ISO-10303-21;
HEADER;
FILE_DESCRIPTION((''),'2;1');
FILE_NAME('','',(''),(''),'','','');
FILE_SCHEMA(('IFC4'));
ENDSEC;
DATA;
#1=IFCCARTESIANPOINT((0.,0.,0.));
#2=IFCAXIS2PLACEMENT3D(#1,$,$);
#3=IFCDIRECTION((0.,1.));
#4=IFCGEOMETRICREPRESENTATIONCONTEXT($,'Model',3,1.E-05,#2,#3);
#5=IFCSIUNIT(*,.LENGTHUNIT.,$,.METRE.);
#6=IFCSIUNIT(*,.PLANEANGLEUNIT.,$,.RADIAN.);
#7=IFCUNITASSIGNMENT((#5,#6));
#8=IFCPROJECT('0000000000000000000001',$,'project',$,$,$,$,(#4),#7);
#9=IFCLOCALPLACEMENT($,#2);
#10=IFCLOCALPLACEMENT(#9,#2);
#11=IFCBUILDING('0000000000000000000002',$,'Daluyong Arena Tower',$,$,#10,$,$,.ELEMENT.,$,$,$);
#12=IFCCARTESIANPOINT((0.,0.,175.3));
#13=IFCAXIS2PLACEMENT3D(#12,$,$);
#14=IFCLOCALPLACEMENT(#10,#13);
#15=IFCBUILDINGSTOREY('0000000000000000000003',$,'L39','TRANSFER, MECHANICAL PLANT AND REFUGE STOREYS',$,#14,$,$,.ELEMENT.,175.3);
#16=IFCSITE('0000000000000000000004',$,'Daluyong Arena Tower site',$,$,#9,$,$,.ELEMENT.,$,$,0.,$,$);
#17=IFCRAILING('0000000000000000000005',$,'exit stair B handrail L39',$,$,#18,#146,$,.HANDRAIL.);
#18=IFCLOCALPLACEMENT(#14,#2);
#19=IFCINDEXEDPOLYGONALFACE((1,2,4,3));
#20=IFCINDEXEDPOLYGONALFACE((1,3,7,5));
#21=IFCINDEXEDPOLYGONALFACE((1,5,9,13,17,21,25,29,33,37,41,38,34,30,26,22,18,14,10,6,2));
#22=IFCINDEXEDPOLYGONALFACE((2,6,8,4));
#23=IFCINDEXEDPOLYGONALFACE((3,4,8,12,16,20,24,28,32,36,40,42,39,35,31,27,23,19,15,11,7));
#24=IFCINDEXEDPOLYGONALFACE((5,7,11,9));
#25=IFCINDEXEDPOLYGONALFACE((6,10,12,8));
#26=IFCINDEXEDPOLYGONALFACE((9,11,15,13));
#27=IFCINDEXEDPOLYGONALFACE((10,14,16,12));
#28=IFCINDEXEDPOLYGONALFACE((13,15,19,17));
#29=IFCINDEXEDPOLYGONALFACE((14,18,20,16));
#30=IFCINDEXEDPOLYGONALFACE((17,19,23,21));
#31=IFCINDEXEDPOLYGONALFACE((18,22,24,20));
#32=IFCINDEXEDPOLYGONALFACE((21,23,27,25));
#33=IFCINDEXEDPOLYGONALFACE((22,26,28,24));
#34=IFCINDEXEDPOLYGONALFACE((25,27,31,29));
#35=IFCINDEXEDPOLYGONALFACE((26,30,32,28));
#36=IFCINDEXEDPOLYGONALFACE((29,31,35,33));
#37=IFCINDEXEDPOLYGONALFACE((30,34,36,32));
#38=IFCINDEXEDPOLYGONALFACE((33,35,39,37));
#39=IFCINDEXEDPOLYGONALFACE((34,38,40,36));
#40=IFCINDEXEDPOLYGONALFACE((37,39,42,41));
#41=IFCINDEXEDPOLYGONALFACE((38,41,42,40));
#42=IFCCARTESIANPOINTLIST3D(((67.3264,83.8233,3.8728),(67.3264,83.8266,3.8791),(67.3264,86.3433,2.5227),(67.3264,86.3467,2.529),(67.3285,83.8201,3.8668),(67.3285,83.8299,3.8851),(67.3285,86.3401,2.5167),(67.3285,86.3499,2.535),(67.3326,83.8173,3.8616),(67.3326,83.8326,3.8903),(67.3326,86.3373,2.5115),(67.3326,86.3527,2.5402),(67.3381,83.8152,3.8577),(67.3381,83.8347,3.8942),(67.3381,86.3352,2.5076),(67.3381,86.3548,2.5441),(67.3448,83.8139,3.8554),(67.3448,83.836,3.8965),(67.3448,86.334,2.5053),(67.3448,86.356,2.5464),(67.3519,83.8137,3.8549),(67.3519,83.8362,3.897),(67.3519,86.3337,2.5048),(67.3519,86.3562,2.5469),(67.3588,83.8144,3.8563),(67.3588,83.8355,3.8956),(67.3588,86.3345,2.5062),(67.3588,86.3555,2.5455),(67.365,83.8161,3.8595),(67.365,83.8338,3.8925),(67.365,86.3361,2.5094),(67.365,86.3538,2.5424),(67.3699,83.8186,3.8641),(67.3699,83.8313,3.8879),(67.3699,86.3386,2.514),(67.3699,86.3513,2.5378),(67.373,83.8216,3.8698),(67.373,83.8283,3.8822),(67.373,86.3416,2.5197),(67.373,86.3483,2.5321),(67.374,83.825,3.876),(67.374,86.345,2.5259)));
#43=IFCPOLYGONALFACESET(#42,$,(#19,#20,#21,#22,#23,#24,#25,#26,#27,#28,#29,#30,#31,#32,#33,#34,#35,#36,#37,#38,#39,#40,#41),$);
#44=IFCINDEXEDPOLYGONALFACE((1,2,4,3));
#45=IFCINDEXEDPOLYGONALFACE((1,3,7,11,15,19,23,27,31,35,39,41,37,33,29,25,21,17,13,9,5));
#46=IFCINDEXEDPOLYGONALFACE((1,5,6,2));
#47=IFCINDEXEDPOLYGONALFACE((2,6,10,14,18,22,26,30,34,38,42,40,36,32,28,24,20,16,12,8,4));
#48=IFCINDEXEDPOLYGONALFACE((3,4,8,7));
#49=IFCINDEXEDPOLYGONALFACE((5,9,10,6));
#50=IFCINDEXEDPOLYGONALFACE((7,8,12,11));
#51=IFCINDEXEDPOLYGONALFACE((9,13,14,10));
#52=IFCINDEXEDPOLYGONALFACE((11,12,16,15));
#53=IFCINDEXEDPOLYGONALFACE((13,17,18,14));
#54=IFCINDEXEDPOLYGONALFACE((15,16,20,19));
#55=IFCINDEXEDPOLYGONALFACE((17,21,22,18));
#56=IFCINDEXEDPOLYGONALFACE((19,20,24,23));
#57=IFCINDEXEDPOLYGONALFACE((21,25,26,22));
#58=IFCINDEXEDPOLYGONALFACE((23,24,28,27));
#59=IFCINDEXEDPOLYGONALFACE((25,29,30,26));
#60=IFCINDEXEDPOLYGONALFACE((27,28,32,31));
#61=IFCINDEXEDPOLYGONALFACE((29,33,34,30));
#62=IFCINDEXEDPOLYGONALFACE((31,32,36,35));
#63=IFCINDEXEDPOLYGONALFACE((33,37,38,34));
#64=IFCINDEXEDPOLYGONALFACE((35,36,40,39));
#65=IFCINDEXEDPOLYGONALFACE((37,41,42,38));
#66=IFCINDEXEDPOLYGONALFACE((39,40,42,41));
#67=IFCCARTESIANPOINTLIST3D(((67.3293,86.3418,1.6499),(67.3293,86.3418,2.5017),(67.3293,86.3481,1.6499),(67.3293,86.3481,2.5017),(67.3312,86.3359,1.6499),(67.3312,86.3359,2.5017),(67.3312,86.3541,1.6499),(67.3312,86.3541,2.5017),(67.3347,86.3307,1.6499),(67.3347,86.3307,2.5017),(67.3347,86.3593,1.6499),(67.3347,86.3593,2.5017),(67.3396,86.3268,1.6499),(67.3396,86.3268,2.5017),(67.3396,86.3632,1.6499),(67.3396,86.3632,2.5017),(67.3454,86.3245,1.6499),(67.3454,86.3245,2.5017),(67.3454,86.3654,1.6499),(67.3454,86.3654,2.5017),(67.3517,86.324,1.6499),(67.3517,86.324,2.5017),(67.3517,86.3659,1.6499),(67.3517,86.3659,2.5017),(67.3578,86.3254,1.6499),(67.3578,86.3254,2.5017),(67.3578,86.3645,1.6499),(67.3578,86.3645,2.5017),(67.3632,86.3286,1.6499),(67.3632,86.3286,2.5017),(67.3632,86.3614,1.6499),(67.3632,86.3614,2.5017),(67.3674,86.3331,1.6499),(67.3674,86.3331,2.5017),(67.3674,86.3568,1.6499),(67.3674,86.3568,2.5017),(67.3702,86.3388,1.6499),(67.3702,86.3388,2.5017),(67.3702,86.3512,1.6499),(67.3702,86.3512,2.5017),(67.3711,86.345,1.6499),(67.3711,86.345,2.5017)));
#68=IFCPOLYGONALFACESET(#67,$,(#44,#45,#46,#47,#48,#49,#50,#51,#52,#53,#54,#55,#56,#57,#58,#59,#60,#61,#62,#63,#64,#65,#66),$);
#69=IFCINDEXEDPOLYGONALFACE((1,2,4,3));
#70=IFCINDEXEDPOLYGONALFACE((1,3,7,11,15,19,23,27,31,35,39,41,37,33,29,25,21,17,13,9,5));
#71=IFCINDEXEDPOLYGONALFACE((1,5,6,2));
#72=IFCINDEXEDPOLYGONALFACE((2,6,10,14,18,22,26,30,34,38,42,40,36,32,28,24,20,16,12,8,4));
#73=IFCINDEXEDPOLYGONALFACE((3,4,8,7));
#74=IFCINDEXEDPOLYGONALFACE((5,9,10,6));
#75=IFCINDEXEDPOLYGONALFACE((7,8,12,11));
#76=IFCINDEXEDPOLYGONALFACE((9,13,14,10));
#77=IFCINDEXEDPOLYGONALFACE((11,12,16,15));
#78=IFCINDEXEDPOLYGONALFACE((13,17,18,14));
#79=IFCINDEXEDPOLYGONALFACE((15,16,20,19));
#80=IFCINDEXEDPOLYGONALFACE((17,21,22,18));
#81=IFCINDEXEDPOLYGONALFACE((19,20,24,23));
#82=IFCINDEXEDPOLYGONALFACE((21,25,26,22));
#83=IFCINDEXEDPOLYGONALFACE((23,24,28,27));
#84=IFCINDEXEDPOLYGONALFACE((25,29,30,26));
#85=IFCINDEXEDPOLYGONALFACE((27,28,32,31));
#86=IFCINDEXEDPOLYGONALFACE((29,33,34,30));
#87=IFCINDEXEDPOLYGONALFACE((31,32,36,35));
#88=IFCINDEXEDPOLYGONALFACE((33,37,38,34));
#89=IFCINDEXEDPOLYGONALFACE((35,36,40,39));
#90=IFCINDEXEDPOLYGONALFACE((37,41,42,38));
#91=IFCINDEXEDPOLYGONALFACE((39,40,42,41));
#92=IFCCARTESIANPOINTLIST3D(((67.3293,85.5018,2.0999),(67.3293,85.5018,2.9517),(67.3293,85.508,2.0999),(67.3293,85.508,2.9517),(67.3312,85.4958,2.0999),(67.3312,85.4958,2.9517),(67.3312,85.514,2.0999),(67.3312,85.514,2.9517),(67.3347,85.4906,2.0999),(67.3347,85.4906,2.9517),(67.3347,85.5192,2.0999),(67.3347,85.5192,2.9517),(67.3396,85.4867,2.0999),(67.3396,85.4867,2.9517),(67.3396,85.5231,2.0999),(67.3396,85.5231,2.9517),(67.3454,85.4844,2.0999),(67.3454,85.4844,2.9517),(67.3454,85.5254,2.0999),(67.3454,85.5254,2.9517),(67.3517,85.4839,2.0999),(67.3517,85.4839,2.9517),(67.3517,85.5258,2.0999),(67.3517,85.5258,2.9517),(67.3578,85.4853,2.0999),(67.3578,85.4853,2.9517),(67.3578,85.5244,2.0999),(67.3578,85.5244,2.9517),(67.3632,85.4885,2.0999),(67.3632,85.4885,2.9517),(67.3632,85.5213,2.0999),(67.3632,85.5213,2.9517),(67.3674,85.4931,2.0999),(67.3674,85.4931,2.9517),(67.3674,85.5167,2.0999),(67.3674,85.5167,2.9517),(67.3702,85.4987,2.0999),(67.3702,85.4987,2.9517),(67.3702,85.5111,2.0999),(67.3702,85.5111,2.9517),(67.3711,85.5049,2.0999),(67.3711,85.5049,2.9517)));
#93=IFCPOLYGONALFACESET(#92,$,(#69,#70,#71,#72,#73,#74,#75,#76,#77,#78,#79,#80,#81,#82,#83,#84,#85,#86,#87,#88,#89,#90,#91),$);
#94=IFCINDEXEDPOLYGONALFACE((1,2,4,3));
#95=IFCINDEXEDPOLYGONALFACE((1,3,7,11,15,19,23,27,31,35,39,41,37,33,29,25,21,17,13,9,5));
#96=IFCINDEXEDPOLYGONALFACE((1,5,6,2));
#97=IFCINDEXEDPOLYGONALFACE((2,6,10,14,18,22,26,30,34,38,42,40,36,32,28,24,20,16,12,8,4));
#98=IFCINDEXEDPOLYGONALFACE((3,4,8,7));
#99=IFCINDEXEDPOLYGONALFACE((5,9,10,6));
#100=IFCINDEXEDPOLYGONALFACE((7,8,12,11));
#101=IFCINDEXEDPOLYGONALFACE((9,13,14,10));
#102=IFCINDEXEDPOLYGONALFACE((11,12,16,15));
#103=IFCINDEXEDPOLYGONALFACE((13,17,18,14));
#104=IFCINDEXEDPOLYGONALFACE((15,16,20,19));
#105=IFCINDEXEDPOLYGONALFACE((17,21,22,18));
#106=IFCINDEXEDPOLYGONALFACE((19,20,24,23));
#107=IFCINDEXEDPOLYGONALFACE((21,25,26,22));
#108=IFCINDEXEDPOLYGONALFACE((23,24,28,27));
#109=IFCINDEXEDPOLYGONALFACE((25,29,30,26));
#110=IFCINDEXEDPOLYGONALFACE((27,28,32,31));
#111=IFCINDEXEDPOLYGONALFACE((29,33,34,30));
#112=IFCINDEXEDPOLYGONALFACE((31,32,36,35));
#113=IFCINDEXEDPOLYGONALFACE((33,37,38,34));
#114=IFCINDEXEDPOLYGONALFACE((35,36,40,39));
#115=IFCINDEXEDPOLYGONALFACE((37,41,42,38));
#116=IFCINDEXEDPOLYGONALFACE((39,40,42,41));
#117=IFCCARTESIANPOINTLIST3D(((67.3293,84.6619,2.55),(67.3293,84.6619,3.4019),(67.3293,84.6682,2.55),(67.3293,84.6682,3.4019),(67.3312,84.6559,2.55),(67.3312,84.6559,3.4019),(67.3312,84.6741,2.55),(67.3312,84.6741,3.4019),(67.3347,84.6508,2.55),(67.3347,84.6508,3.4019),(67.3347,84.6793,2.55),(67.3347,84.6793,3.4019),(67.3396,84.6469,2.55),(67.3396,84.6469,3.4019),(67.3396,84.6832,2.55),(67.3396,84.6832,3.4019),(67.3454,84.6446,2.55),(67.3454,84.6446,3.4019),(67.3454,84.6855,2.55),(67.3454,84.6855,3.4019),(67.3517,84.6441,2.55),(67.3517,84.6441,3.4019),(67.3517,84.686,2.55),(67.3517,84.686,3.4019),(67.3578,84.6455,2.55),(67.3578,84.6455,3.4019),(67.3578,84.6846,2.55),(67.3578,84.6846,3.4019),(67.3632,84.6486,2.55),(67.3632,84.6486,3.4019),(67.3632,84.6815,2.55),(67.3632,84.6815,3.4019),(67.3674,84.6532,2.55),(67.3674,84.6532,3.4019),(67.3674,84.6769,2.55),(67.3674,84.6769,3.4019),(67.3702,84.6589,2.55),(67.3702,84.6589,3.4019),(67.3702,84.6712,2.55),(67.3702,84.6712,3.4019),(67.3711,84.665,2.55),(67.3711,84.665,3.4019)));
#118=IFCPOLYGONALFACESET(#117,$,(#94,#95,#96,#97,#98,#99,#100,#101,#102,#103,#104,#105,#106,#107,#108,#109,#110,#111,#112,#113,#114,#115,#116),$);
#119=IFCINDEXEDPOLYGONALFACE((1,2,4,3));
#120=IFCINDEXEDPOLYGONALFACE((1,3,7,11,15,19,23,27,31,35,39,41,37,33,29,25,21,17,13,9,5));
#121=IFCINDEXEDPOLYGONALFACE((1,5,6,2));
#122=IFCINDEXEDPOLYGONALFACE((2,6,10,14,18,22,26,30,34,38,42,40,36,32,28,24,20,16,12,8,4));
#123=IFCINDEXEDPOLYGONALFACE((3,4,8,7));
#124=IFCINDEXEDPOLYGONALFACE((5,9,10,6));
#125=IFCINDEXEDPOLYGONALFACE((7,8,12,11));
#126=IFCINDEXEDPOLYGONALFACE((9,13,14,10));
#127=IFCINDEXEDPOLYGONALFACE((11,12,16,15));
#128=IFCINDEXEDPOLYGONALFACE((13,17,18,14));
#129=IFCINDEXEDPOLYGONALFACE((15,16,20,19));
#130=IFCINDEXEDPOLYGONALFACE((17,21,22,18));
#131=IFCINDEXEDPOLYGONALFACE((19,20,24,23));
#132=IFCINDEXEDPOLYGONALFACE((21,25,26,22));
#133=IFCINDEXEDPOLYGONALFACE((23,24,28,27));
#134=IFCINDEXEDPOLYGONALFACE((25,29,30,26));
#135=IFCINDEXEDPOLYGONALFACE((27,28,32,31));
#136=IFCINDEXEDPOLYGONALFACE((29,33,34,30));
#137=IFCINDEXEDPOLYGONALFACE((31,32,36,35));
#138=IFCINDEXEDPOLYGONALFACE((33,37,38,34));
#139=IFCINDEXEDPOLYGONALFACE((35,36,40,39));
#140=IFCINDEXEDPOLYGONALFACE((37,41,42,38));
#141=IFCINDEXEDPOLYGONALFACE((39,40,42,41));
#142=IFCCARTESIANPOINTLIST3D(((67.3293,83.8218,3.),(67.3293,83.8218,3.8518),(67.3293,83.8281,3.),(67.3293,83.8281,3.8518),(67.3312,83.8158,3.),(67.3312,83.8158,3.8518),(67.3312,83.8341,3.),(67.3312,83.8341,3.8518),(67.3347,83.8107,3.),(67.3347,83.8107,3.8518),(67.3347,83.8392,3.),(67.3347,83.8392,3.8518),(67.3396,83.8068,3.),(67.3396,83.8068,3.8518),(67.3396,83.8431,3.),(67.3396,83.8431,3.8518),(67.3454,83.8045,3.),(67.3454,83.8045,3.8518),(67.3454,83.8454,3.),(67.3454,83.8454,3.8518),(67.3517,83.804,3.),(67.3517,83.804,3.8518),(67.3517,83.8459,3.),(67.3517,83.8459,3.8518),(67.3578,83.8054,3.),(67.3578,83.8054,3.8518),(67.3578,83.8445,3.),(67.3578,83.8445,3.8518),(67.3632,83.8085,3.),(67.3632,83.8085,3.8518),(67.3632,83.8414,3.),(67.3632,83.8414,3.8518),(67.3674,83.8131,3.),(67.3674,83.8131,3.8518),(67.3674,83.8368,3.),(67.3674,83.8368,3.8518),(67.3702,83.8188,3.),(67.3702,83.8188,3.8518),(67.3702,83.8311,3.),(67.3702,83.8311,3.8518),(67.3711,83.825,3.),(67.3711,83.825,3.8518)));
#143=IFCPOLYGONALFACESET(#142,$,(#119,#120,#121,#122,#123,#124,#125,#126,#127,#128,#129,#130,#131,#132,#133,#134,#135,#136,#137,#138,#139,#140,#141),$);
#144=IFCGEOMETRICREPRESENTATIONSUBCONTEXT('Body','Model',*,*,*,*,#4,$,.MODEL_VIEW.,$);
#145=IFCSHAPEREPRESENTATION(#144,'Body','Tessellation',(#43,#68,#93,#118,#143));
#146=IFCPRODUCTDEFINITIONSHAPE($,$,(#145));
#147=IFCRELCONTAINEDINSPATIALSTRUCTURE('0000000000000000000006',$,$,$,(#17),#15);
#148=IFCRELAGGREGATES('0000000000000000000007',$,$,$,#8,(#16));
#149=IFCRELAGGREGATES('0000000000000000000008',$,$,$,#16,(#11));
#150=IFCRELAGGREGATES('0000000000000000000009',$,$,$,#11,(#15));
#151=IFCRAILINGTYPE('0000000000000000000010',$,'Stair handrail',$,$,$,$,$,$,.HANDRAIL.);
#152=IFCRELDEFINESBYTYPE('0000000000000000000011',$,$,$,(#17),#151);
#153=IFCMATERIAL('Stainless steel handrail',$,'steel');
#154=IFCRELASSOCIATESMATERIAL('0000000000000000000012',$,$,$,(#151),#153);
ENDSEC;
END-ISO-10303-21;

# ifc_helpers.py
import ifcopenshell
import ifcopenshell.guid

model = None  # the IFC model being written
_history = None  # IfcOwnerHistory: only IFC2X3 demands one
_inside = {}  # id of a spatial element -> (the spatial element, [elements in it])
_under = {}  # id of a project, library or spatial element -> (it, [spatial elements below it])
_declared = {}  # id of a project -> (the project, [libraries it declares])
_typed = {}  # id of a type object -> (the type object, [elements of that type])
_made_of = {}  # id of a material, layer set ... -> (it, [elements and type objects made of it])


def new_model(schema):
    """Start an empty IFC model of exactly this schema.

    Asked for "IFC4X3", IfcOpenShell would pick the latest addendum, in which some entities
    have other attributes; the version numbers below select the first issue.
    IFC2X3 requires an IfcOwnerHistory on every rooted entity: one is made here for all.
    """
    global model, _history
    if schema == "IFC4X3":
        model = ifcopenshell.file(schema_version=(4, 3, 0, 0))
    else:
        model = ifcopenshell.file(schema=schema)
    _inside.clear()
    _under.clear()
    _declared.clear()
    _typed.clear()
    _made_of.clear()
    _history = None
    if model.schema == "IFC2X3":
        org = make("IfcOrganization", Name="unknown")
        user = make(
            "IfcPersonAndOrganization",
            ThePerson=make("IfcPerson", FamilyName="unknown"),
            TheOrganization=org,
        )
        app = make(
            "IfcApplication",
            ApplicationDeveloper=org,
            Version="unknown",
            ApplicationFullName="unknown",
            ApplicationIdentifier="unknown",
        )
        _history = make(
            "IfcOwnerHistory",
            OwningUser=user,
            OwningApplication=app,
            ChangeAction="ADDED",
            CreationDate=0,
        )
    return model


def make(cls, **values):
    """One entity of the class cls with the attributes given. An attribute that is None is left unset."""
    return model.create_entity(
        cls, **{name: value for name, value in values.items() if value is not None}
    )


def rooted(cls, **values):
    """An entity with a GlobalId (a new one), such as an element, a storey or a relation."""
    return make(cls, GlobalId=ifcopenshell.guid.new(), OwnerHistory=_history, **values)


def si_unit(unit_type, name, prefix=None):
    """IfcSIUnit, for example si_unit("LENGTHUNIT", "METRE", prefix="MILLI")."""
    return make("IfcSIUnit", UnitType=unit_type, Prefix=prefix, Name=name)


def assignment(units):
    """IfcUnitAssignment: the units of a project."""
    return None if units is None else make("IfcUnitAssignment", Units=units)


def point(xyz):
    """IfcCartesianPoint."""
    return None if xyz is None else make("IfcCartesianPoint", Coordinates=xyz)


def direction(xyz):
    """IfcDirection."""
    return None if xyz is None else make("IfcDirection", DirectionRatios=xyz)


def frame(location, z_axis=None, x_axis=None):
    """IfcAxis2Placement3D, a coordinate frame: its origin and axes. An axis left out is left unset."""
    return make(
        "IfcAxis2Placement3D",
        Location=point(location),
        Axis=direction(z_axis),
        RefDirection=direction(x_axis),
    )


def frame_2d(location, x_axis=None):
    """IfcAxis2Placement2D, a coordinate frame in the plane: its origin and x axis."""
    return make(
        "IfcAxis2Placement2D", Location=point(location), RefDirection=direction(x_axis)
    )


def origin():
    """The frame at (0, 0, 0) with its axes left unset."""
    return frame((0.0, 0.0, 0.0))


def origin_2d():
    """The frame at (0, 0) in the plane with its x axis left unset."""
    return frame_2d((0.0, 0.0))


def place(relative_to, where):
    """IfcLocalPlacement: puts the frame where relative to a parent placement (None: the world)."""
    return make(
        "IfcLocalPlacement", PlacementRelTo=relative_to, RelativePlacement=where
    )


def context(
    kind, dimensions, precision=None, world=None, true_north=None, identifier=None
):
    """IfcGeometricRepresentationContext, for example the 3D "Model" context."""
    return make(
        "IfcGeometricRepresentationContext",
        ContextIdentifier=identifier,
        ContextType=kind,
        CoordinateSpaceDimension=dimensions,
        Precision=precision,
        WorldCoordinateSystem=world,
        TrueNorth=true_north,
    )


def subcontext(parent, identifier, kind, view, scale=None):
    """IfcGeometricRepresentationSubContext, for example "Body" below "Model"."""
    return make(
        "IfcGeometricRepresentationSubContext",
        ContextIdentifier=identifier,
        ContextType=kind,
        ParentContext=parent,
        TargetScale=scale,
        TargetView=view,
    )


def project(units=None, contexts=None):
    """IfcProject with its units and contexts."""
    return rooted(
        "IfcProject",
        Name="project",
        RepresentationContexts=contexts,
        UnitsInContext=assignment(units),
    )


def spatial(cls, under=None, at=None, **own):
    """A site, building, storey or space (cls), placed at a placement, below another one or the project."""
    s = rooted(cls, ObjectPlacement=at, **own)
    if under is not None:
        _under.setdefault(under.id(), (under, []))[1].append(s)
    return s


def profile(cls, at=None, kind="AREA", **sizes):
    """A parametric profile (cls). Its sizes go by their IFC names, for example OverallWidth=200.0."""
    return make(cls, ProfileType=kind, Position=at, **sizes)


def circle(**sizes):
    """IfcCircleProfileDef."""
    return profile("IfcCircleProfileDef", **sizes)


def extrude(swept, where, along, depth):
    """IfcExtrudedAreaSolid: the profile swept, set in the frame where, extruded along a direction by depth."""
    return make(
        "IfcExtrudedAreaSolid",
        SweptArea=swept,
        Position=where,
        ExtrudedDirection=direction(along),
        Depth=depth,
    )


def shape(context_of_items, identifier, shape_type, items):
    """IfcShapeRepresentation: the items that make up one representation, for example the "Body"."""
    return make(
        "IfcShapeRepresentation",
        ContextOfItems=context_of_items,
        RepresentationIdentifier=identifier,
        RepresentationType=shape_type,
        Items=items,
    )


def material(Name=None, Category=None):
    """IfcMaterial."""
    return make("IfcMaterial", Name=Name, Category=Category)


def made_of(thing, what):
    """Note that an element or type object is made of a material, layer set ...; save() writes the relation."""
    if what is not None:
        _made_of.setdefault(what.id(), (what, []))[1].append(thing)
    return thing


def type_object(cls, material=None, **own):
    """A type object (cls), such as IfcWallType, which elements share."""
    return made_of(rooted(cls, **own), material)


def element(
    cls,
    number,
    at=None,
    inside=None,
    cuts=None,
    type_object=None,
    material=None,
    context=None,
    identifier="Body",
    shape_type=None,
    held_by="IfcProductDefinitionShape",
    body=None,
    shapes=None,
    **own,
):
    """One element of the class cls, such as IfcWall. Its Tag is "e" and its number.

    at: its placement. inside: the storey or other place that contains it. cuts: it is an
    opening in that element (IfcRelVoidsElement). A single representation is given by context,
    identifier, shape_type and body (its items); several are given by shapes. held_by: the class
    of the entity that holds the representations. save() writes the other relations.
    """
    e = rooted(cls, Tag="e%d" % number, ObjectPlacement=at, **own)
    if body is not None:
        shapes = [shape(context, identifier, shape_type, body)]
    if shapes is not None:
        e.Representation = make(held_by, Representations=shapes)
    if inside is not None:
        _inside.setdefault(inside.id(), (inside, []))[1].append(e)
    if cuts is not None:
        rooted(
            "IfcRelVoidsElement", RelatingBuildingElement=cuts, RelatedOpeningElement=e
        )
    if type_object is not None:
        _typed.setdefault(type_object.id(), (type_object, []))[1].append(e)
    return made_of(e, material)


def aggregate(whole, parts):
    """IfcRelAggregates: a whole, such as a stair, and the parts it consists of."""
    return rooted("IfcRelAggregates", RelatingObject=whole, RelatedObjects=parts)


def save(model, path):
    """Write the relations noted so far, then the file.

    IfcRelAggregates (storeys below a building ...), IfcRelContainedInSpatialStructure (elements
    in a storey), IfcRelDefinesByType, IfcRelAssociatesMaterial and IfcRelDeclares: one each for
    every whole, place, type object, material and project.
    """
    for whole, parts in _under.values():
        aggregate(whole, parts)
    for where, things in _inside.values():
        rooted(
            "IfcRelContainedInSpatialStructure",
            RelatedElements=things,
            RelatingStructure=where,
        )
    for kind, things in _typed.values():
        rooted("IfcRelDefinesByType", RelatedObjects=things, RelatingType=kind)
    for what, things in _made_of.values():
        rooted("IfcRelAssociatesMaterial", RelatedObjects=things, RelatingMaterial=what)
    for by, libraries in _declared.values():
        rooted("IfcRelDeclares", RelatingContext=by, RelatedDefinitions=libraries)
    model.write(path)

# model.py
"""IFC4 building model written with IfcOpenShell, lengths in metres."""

from ifc_helpers import new_model, si_unit, direction, frame, origin, origin_2d, place, context, subcontext, project, spatial, circle, extrude, material, type_object, element, save


model = new_model("IFC4")

# Units and contexts
model_context = context("Model", 3, precision=1e-05, world=origin(), true_north=direction((0.0, 1.0)))
body_context = subcontext(model_context, "Body", "Model", "MODEL_VIEW")
ifc_project = project(units=[si_unit("LENGTHUNIT", "METRE"), si_unit("PLANEANGLEUNIT", "RADIAN")], contexts=[model_context])

# Site, building, storey
site_placement = place(None, origin())
site = spatial("IfcSite", under=ifc_project, at=site_placement, Name="Daluyong Arena Tower site", CompositionType="ELEMENT", RefElevation=0.0)
building_placement = place(site_placement, origin())
building = spatial("IfcBuilding", under=site, at=building_placement, Name="Daluyong Arena Tower", CompositionType="ELEMENT")
storey_placement = place(building_placement, frame((0.0, 0.0, 175.3)))
storey = spatial("IfcBuildingStorey", under=building, at=storey_placement, Name="L39", Description="TRANSFER, MECHANICAL PLANT AND REFUGE STOREYS", CompositionType="ELEMENT", Elevation=175.3)

# Railing
ifc_material_1 = material(Name="Stainless steel handrail", Category="steel")
railing_type_1 = type_object("IfcRailingType", Name="Stair handrail", PredefinedType="HANDRAIL", material=ifc_material_1)
for number, where, name in (
    (1, (67.3501, 86.345, 1.6499), "exit stair B handrail L39"),
):
    element("IfcRailing", number, at=place(storey_placement, frame(where)), inside=storey, type_object=railing_type_1, Name=name, PredefinedType="HANDRAIL", context=body_context, shape_type="SweptSolid", body=[
        extrude(circle(Radius=0.0239, at=origin_2d()), frame((0.0, 0.0, 0.876), z_axis=(0.0, -0.881467, 0.472245), x_axis=(1.0, 0.0, 0.0)), (0.0, 0.0, 1.0), 2.8589),
        extrude(circle(Radius=0.021, at=origin_2d()), origin(), (0.0, 0.0, 1.0), 0.8518),
        extrude(circle(Radius=0.021, at=origin_2d()), frame((0.0, -0.8401, 0.45)), (0.0, 0.0, 1.0), 0.8518),
        extrude(circle(Radius=0.021, at=origin_2d()), frame((0.0, -1.6799, 0.9001)), (0.0, 0.0, 1.0), 0.8518),
        extrude(circle(Radius=0.021, at=origin_2d()), frame((0.0, -2.52, 1.3501)), (0.0, 0.0, 1.0), 0.8518),
    ])

save(model, "model.ifc")
